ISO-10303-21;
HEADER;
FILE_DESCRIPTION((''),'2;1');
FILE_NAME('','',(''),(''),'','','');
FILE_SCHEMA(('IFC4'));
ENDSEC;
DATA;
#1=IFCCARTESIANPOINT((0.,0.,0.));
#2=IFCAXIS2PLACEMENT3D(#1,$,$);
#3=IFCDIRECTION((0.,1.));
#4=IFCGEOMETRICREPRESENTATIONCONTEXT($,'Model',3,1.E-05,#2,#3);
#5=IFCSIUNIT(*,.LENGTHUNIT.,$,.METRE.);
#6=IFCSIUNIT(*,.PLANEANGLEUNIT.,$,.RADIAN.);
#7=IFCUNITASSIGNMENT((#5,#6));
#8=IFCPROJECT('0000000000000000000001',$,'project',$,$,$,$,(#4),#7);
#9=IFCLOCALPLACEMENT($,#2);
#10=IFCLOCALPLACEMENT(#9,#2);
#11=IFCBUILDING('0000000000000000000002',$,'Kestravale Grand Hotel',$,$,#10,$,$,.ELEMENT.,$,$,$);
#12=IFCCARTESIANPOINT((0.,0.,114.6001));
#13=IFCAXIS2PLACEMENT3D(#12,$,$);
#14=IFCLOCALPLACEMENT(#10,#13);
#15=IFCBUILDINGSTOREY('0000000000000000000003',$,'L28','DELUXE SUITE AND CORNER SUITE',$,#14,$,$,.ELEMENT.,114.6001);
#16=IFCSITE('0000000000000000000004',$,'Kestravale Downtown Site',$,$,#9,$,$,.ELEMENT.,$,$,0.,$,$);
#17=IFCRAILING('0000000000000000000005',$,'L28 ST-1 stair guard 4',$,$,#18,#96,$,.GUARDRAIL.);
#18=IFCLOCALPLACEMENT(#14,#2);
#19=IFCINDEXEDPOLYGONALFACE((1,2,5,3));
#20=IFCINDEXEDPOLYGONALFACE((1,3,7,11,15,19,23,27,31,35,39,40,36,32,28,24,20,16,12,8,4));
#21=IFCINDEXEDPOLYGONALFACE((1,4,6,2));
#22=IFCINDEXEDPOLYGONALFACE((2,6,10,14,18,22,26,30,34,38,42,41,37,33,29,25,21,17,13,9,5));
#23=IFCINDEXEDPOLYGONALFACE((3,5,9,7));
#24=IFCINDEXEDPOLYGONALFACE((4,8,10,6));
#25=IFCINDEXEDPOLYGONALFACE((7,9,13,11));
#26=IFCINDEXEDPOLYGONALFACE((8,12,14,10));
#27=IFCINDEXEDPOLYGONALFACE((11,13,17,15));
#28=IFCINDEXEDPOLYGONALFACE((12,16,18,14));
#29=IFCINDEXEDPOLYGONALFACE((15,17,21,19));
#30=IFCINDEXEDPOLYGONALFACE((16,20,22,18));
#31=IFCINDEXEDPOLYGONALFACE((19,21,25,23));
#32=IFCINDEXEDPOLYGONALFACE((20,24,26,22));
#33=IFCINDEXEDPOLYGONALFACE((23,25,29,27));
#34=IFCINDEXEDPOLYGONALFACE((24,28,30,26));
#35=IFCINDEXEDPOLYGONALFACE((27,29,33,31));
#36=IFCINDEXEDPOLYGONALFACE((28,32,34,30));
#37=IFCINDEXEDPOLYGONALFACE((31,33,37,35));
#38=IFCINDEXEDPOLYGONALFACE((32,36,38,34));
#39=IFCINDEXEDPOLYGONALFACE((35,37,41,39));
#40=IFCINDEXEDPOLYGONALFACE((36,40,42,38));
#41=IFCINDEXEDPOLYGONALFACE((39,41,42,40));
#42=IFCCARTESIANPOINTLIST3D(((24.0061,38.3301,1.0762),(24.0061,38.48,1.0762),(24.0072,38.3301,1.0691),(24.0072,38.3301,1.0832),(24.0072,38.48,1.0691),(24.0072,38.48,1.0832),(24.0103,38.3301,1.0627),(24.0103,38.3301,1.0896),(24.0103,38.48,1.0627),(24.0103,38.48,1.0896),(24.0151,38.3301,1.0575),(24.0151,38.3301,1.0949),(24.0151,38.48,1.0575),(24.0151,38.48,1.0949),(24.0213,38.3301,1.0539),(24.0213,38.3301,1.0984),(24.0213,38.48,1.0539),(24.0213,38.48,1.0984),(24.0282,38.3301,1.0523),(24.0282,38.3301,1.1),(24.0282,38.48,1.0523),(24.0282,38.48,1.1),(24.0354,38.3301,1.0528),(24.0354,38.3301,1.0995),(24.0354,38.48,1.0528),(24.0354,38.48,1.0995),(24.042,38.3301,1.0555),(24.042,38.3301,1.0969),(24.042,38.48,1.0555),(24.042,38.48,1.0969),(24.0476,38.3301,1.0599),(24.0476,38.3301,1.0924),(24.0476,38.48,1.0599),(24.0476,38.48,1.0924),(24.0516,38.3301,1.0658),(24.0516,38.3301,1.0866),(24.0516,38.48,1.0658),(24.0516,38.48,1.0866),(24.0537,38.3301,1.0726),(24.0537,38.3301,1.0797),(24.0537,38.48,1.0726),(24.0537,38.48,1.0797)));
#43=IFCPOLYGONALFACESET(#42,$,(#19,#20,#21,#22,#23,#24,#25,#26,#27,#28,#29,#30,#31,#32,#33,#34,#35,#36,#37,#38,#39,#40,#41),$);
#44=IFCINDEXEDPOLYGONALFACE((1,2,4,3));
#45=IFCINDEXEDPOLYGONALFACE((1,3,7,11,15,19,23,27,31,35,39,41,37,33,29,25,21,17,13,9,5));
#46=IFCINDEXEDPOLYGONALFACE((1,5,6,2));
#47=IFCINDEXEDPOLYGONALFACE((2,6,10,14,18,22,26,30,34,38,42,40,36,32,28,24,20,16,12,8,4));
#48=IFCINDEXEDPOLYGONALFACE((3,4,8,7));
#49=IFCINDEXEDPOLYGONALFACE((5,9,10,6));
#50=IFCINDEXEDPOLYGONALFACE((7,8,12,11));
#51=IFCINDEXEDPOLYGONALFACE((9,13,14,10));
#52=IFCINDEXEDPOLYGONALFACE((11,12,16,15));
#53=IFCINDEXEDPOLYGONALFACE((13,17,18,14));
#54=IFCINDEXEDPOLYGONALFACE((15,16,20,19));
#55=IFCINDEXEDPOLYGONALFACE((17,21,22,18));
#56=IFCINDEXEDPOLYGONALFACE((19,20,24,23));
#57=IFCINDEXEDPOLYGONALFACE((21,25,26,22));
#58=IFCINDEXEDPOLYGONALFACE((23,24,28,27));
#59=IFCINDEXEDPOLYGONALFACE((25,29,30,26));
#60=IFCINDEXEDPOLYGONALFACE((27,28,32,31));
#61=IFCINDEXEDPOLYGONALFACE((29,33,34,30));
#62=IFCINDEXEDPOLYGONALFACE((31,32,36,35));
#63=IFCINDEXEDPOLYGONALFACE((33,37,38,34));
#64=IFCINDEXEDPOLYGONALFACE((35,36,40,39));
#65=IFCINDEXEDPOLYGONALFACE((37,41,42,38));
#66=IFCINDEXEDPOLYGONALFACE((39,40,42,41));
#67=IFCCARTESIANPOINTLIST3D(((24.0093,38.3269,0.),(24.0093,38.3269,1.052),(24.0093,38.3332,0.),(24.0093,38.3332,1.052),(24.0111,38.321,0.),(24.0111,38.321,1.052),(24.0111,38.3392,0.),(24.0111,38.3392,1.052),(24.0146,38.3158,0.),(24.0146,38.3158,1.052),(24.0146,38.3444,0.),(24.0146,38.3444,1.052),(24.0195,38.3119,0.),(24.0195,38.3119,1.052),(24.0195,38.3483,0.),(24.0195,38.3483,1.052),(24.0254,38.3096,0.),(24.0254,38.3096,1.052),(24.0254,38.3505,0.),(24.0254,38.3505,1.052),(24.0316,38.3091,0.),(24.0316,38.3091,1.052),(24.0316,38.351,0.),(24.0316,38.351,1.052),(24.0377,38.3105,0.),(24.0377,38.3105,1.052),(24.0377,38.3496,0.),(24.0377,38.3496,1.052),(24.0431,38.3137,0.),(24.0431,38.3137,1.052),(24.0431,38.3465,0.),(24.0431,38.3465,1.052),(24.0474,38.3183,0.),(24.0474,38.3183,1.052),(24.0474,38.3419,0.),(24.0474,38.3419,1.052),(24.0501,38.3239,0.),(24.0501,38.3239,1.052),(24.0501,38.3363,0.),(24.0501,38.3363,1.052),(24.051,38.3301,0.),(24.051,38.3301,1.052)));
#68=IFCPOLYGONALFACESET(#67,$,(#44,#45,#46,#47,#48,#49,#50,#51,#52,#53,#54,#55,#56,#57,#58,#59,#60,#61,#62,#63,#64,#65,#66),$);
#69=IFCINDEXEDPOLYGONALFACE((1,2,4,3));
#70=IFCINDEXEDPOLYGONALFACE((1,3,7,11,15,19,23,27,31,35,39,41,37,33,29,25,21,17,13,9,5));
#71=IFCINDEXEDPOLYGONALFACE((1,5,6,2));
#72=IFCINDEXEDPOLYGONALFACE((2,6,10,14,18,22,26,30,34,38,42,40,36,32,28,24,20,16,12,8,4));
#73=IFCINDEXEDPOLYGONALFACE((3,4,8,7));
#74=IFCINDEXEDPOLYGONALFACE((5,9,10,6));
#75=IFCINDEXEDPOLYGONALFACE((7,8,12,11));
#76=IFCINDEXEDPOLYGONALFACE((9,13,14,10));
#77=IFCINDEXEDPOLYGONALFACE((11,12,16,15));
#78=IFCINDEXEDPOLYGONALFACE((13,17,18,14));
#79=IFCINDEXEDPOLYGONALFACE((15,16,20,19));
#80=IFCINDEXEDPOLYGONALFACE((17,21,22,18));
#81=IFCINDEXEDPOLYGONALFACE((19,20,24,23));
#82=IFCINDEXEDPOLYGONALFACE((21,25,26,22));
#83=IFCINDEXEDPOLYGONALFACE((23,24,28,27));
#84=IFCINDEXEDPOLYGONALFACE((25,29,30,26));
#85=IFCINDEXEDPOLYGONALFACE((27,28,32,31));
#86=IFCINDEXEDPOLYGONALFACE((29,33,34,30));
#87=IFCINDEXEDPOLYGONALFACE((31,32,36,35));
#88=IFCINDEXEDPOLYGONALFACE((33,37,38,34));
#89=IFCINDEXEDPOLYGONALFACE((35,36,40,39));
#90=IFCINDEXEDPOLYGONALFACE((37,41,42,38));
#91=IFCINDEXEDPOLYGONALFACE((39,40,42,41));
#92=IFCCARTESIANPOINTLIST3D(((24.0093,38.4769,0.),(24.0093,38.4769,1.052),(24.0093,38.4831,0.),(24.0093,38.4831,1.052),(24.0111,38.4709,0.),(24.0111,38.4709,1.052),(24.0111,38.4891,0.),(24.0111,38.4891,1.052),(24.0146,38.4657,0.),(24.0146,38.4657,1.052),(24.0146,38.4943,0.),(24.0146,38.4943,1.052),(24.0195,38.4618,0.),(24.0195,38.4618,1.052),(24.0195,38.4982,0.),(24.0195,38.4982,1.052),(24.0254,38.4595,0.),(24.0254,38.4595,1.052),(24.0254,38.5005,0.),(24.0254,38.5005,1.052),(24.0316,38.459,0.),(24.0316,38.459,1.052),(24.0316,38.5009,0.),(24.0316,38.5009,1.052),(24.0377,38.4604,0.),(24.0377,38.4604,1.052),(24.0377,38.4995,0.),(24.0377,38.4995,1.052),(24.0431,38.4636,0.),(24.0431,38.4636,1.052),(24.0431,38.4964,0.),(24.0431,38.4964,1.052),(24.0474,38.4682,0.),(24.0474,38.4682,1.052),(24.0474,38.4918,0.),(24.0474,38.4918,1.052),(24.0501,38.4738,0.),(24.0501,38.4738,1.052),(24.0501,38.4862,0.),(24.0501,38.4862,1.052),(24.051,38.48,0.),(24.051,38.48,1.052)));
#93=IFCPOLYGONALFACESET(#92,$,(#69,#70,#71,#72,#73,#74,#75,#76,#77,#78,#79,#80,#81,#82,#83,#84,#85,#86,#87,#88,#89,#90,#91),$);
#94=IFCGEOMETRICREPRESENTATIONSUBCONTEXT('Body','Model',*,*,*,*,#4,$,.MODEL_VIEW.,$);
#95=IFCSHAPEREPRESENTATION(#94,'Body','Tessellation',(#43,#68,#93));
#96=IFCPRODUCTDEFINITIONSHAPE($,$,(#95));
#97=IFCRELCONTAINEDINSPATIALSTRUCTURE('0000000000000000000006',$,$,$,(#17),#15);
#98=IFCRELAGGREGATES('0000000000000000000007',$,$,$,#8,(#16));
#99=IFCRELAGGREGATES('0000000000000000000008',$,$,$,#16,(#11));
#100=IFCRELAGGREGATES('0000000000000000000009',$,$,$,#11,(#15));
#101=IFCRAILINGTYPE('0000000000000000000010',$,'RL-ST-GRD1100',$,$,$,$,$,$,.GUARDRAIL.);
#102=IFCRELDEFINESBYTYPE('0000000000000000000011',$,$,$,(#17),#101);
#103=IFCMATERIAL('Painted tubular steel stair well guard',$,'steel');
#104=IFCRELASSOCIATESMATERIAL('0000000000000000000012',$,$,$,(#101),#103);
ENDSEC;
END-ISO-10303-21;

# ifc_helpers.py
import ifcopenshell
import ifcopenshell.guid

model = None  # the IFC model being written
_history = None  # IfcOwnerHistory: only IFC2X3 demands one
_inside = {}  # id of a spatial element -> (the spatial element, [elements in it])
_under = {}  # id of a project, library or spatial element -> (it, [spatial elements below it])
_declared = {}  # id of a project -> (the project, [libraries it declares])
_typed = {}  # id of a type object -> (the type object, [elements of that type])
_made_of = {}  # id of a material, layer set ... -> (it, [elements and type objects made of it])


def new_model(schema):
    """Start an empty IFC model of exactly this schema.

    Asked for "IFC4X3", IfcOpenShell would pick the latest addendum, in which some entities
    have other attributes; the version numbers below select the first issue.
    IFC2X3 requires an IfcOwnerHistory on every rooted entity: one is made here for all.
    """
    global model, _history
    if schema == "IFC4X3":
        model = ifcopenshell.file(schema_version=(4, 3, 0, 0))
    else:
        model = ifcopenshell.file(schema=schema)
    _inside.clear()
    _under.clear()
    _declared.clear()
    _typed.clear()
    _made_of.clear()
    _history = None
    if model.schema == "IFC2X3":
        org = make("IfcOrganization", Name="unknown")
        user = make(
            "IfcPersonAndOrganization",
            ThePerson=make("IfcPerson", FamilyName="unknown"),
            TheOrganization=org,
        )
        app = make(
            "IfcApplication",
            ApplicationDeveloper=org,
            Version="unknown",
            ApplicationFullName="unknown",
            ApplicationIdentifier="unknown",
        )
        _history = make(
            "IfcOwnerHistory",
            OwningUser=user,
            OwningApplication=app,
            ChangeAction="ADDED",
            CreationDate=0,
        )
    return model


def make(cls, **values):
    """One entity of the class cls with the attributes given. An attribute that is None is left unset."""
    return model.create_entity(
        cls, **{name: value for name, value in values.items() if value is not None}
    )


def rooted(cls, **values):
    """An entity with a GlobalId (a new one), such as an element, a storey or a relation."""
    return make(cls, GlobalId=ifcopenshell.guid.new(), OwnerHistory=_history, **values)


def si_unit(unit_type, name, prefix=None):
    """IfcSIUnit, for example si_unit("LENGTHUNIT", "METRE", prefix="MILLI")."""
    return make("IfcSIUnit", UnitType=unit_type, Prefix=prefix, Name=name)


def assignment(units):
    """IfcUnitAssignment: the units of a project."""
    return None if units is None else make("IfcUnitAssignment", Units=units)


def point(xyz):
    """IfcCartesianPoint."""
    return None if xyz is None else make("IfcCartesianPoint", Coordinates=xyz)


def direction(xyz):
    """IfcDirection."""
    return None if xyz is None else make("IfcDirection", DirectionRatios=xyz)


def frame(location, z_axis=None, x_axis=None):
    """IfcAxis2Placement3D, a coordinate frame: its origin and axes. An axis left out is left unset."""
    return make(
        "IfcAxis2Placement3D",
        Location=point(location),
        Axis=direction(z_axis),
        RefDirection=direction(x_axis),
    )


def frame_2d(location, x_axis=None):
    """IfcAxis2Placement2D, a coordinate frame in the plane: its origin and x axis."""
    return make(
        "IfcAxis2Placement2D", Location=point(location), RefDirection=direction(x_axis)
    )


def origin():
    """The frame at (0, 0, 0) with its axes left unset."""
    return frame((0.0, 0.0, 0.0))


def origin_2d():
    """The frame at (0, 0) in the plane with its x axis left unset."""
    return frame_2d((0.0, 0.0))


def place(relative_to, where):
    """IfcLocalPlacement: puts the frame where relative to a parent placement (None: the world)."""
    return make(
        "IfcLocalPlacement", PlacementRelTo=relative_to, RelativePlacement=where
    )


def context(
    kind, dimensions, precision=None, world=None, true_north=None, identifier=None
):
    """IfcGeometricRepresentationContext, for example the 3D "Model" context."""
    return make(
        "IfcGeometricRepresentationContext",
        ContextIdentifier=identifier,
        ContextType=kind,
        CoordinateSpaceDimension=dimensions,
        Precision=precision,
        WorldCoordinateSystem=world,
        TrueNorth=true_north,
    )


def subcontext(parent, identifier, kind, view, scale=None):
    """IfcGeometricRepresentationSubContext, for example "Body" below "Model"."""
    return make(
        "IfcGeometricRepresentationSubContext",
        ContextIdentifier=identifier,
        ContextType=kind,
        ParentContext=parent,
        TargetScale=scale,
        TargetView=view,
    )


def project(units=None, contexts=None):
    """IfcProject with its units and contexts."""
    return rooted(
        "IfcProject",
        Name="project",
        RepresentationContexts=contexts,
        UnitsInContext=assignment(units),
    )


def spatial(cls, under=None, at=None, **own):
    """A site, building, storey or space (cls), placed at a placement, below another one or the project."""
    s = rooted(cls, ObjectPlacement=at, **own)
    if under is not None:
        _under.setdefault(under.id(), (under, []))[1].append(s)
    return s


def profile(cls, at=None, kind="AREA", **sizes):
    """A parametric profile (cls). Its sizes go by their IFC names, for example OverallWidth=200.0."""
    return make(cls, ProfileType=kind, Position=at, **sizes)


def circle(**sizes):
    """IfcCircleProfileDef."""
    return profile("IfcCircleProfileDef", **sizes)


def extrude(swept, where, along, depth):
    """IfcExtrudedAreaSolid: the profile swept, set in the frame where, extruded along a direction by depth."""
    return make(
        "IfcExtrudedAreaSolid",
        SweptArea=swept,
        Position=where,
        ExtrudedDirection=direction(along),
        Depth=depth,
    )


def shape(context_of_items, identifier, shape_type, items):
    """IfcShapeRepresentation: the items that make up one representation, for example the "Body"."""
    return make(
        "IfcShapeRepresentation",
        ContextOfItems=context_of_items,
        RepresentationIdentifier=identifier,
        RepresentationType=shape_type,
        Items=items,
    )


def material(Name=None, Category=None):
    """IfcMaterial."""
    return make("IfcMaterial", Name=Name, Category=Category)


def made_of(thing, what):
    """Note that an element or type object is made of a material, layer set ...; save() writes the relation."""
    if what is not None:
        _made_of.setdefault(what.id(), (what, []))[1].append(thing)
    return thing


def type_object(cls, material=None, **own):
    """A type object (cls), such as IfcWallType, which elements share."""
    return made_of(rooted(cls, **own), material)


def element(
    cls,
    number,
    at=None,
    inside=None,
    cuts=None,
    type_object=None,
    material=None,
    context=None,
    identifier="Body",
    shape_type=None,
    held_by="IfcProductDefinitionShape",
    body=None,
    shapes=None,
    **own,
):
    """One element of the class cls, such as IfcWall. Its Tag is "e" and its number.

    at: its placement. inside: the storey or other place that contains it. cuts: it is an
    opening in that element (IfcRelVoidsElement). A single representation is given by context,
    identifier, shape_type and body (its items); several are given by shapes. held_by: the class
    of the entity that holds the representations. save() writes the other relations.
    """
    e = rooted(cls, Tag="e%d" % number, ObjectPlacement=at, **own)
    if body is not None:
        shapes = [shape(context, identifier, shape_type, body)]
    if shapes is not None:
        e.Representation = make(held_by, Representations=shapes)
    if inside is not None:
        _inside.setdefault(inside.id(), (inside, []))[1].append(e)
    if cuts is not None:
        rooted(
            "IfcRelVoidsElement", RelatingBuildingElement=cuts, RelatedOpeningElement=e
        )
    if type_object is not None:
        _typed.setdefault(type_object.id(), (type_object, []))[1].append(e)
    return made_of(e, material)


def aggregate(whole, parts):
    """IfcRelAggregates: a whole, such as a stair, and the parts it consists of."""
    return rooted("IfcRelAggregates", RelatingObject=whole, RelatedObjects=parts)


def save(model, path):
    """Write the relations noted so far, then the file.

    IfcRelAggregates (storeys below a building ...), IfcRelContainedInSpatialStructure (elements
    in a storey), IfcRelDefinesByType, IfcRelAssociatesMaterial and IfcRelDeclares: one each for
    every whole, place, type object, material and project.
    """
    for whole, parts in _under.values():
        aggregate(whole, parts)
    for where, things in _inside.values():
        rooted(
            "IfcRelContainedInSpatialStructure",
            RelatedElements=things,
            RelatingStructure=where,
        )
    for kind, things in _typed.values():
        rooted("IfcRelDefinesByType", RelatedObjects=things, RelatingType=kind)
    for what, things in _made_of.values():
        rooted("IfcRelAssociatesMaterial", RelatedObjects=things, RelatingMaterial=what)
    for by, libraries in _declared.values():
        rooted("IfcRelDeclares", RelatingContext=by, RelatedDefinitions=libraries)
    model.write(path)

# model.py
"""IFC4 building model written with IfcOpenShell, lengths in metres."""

from ifc_helpers import new_model, si_unit, direction, frame, origin, origin_2d, place, context, subcontext, project, spatial, circle, extrude, material, type_object, element, save


model = new_model("IFC4")

# Units and contexts
model_context = context("Model", 3, precision=1e-05, world=origin(), true_north=direction((0.0, 1.0)))
body_context = subcontext(model_context, "Body", "Model", "MODEL_VIEW")
ifc_project = project(units=[si_unit("LENGTHUNIT", "METRE"), si_unit("PLANEANGLEUNIT", "RADIAN")], contexts=[model_context])

# Site, building, storey
site_placement = place(None, origin())
site = spatial("IfcSite", under=ifc_project, at=site_placement, Name="Kestravale Downtown Site", CompositionType="ELEMENT", RefElevation=0.0)
building_placement = place(site_placement, origin())
building = spatial("IfcBuilding", under=site, at=building_placement, Name="Kestravale Grand Hotel", CompositionType="ELEMENT")
storey_placement = place(building_placement, frame((0.0, 0.0, 114.6001)))
storey = spatial("IfcBuildingStorey", under=building, at=storey_placement, Name="L28", Description="DELUXE SUITE AND CORNER SUITE", CompositionType="ELEMENT", Elevation=114.6001)

# Railing
ifc_material_1 = material(Name="Painted tubular steel stair well guard", Category="steel")
railing_type_1 = type_object("IfcRailingType", Name="RL-ST-GRD1100", PredefinedType="GUARDRAIL", material=ifc_material_1)
railing_1_placement = place(storey_placement, frame((24.03, 38.3301, 0.0)))
element("IfcRailing", 1, at=railing_1_placement, inside=storey, type_object=railing_type_1, Name="L28 ST-1 stair guard 4", PredefinedType="GUARDRAIL", context=body_context, shape_type="SweptSolid", body=[
    extrude(circle(Radius=0.0239, at=origin_2d()), frame((0.0, 0.0, 1.0762), z_axis=(0.0, 1.0, 0.0), x_axis=(-1.0, 0.0, 0.0)), (0.0, 0.0, 1.0), 0.1499),
    extrude(circle(Radius=0.021, at=origin_2d()), origin(), (0.0, 0.0, 1.0), 1.052),
    extrude(circle(Radius=0.021, at=origin_2d()), frame((0.0, 0.1499, 0.0)), (0.0, 0.0, 1.0), 1.052),
])

save(model, "model.ifc")
